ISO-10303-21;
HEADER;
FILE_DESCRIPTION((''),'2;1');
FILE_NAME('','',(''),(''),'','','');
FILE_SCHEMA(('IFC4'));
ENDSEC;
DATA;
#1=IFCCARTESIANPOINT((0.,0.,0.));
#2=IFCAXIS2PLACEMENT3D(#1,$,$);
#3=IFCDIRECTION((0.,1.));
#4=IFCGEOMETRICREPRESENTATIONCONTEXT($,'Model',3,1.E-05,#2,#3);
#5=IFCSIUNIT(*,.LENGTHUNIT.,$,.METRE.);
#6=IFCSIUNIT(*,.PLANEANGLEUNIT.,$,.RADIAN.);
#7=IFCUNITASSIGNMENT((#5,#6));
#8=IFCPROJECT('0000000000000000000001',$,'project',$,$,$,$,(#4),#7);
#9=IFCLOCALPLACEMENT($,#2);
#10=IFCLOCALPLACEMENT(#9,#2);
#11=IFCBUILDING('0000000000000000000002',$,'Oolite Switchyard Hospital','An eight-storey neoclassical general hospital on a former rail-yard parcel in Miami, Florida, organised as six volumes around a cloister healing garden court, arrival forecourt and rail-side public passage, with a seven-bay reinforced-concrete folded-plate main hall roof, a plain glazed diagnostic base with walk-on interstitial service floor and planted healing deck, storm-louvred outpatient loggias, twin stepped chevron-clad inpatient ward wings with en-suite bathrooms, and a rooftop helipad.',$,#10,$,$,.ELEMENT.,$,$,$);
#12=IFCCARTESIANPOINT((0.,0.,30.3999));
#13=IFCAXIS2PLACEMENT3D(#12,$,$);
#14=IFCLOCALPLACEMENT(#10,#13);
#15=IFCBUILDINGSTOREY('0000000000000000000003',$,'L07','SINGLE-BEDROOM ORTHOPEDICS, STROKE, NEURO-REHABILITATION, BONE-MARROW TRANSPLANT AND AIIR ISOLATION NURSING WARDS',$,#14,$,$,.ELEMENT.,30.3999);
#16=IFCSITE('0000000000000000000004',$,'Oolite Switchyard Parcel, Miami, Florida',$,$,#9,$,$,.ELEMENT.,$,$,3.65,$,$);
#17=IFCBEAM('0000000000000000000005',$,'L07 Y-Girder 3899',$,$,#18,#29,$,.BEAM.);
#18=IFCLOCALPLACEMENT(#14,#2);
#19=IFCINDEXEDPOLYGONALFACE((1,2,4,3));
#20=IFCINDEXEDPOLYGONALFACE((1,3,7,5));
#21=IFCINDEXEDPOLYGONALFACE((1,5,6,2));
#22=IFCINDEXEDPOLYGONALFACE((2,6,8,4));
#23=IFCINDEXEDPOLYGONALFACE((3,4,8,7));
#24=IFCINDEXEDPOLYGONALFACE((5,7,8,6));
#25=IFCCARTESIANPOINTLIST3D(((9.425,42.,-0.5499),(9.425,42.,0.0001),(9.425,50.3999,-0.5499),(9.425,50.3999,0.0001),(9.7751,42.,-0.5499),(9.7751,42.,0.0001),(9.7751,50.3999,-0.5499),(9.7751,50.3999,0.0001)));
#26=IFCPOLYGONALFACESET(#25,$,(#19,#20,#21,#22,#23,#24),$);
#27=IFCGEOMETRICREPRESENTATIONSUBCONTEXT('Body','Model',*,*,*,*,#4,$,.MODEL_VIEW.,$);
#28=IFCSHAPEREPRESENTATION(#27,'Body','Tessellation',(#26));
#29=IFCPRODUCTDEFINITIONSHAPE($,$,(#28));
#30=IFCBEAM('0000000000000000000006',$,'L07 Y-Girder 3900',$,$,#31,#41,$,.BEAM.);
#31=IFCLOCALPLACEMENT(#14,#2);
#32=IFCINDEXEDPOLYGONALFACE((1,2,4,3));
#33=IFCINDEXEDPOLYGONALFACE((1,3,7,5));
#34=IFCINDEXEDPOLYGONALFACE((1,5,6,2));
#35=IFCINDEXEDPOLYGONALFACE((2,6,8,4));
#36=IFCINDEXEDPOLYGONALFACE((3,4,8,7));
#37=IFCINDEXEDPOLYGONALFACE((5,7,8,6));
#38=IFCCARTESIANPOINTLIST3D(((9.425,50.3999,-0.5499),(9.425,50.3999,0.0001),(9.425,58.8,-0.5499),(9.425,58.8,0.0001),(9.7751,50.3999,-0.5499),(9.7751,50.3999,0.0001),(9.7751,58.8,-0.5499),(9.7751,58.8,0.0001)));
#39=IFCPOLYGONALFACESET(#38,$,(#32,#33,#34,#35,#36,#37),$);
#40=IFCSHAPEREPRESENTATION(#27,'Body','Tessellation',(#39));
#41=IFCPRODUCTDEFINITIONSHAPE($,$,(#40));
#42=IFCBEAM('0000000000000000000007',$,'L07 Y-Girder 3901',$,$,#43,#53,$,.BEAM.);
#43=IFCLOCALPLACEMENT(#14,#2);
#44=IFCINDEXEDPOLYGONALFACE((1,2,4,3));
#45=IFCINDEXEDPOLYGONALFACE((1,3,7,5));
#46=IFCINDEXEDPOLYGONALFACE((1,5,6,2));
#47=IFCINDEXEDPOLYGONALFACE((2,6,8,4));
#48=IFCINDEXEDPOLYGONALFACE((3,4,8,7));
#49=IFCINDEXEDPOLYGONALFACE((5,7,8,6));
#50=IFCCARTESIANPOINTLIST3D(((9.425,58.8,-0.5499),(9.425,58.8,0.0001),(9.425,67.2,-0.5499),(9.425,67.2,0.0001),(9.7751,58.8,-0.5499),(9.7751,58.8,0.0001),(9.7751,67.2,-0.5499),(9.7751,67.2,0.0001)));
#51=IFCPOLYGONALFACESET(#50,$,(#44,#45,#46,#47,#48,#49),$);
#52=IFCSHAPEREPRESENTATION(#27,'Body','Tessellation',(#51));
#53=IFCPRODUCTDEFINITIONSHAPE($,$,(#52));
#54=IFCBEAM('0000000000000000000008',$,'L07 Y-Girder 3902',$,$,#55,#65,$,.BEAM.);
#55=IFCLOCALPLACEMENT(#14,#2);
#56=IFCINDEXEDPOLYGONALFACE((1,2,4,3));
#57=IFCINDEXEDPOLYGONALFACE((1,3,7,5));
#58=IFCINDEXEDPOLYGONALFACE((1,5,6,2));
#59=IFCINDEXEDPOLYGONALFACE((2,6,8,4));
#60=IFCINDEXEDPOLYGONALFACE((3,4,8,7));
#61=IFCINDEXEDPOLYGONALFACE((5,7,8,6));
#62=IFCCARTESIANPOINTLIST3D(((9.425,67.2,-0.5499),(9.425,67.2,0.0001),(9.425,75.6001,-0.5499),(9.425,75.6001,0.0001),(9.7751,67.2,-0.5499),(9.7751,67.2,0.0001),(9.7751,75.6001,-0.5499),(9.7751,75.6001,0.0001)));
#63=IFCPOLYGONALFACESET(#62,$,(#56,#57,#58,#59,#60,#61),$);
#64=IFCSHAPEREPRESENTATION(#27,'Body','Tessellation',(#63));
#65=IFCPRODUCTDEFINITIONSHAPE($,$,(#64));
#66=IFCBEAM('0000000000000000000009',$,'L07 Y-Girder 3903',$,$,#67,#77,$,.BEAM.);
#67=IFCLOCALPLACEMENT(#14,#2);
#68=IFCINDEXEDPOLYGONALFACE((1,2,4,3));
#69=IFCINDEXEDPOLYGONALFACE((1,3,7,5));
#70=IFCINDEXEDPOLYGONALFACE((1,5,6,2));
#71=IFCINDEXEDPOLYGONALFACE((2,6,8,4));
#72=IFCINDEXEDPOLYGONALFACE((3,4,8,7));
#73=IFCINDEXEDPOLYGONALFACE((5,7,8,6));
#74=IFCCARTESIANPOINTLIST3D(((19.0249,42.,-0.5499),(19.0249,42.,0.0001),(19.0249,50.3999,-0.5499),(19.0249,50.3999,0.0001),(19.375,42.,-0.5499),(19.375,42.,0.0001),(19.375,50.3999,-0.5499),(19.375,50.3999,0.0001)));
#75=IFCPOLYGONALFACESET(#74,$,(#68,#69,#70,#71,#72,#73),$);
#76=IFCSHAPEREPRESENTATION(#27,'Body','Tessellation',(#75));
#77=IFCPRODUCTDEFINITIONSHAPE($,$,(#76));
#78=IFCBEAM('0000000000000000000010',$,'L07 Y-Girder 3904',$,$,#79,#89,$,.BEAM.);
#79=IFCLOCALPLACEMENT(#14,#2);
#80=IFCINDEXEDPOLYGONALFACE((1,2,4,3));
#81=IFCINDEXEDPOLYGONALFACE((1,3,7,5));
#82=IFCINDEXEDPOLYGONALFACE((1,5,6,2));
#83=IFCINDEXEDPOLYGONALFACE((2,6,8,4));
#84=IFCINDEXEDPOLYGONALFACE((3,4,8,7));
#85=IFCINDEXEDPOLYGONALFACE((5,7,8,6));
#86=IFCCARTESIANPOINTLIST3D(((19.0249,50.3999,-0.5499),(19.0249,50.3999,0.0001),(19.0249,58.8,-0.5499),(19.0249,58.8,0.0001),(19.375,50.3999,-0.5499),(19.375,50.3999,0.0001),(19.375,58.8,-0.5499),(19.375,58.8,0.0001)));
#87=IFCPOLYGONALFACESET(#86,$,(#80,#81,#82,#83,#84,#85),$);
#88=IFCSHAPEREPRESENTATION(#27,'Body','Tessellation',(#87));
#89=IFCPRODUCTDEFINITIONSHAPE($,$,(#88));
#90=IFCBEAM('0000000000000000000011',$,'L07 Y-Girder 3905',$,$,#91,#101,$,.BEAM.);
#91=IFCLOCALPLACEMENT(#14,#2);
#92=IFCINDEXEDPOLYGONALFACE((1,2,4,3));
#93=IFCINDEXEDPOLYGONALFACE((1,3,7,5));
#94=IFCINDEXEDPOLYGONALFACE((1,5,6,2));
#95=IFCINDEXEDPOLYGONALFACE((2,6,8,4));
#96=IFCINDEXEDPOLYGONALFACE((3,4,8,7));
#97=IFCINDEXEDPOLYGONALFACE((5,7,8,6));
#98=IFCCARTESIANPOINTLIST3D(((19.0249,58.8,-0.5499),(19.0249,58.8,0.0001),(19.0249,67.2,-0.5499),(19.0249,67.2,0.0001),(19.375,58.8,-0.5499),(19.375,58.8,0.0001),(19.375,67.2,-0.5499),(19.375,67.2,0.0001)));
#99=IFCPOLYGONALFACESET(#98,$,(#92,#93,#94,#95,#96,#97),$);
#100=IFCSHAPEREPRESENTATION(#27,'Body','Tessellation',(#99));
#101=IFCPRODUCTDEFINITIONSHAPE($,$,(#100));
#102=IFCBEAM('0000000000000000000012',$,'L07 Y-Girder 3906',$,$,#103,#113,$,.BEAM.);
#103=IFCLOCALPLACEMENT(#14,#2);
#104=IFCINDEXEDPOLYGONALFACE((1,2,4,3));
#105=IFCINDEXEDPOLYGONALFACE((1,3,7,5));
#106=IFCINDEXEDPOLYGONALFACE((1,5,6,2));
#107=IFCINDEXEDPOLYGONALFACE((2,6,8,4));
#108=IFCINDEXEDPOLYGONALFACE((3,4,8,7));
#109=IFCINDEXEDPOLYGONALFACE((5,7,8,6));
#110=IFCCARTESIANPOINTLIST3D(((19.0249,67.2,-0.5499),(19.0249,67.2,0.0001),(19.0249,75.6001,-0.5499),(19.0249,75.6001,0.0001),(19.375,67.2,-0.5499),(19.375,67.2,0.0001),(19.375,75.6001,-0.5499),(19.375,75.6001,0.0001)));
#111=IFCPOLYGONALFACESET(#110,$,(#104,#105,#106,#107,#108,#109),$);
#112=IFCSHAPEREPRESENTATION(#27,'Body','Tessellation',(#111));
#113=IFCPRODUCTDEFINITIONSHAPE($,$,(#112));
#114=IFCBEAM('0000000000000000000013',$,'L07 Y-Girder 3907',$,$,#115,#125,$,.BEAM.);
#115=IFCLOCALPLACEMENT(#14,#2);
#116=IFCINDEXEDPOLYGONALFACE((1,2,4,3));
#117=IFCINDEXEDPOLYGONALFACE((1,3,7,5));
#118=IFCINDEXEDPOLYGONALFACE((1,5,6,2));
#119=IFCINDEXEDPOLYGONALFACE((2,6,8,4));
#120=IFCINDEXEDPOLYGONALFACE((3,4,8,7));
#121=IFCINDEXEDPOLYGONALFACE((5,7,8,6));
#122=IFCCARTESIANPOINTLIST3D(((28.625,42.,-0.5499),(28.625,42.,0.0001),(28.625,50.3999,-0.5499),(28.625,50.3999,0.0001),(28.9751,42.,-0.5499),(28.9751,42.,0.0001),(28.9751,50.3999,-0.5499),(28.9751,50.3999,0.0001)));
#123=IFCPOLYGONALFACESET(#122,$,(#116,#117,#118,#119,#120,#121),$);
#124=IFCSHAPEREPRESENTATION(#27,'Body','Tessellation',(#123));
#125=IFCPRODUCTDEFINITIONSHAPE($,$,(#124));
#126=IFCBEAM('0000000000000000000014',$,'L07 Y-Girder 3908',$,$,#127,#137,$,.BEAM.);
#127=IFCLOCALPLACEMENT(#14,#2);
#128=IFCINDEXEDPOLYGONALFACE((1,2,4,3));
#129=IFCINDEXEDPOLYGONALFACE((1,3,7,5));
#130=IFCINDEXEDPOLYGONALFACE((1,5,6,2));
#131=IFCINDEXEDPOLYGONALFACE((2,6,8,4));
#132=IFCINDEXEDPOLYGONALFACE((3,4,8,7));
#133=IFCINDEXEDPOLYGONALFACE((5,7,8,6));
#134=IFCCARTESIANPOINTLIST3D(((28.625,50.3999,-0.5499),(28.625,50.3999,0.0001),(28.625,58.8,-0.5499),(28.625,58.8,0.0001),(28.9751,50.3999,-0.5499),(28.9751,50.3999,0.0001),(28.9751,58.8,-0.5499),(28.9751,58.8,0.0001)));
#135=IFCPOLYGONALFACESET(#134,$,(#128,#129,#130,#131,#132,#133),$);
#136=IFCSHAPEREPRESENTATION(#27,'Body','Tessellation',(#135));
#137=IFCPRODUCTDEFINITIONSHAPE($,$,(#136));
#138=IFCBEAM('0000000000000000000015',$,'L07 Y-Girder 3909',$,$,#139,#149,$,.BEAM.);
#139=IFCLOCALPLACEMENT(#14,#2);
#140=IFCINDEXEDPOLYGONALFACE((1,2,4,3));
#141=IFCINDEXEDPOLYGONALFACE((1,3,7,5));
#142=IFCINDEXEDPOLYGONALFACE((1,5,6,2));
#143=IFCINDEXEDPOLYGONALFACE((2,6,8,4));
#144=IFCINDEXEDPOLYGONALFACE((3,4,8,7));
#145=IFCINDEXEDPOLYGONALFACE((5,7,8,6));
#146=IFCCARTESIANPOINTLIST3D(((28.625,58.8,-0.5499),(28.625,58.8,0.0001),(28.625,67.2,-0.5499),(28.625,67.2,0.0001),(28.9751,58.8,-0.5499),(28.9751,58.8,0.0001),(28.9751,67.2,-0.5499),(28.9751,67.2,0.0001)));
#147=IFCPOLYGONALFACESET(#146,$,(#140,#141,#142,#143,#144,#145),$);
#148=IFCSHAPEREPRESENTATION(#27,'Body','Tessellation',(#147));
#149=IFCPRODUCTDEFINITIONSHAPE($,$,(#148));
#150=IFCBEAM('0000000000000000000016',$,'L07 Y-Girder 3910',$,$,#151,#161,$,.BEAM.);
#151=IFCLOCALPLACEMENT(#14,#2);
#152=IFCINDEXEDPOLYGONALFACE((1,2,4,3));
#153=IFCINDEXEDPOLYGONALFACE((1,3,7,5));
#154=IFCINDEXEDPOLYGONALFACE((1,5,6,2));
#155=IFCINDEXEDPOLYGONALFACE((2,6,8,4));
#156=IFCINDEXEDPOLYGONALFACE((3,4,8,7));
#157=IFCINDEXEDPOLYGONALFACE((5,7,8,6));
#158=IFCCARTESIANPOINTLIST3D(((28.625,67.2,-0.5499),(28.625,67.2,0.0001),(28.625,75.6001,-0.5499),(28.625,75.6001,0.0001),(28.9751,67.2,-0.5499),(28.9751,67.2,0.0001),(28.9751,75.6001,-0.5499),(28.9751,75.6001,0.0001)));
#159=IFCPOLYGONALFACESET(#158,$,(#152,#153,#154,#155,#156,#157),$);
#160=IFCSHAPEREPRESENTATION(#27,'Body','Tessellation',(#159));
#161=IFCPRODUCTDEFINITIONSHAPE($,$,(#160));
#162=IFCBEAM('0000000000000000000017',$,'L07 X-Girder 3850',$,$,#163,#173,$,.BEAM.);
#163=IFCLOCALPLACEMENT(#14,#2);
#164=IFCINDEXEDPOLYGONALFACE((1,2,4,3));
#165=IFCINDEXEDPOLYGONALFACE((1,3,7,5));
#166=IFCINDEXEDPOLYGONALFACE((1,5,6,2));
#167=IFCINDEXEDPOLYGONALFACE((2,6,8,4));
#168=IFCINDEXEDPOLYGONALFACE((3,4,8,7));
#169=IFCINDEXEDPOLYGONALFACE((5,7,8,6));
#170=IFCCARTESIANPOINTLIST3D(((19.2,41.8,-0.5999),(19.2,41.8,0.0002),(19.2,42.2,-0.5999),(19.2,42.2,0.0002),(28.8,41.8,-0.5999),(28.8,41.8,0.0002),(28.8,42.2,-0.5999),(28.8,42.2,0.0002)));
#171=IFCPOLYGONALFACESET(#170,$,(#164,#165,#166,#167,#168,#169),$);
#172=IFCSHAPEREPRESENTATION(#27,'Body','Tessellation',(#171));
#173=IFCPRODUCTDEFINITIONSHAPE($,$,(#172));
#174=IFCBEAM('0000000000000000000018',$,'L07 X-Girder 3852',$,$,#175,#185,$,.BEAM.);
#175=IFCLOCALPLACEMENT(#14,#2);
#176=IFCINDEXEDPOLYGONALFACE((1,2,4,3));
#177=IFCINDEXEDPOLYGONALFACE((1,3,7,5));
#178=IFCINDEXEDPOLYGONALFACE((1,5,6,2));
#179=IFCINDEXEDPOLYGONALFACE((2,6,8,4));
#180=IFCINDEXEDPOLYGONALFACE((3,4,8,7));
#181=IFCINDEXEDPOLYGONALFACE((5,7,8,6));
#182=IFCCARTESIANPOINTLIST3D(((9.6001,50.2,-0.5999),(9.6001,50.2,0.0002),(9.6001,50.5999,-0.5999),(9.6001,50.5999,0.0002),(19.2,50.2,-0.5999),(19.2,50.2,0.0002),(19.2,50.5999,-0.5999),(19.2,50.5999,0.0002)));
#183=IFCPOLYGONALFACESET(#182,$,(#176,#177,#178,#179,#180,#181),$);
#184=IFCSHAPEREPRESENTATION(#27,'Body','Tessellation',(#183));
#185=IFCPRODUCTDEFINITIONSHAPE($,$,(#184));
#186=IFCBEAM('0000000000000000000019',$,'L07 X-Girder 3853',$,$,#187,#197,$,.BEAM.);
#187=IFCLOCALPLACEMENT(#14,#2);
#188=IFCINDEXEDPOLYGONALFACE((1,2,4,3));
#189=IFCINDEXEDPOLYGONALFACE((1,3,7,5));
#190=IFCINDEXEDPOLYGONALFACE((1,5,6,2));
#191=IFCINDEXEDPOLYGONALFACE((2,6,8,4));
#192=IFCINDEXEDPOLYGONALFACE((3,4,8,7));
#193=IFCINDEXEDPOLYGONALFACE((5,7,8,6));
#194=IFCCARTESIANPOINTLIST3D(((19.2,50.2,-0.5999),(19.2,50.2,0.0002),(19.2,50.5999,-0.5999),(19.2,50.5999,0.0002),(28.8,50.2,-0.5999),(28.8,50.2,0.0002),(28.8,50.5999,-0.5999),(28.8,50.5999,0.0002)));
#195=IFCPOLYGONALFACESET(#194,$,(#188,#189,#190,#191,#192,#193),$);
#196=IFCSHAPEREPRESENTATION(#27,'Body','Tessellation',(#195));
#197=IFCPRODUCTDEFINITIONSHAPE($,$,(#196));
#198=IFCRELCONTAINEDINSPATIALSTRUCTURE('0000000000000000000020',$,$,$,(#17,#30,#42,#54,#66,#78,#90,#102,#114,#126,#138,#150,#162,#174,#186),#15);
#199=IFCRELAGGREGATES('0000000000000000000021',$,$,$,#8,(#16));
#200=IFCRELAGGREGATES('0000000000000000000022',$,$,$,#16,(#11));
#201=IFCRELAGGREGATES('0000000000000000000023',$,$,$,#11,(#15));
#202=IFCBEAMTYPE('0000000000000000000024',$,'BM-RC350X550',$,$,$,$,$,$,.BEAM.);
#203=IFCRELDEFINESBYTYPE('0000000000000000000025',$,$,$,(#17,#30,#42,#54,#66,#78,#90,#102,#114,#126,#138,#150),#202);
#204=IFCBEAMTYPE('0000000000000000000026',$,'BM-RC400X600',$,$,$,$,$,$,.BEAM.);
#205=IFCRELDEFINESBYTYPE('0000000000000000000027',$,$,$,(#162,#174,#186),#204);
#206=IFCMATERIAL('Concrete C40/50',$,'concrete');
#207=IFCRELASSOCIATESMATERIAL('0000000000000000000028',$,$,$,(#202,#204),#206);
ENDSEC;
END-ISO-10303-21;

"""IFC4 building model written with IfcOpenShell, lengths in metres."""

from ifc_helpers import new_model, si_unit, direction, frame, origin, origin_2d, place, context, subcontext, project, spatial, rectangle, extrude, material, material_profile, profile_set, type_object, element, save


model = new_model("IFC4")

# Units and contexts
model_context = context("Model", 3, precision=1e-05, world=origin(), true_north=direction((0.0, 1.0)))
body_context = subcontext(model_context, "Body", "Model", "MODEL_VIEW")
ifc_project = project(units=[si_unit("LENGTHUNIT", "METRE"), si_unit("PLANEANGLEUNIT", "RADIAN")], contexts=[model_context])

# Site, building, storey
site_placement = place(None, origin())
site = spatial("IfcSite", under=ifc_project, at=site_placement, Name="Oolite Switchyard Parcel, Miami, Florida", CompositionType="ELEMENT", RefElevation=3.65)
building_placement = place(site_placement, origin())
building = spatial("IfcBuilding", under=site, at=building_placement, Name="Oolite Switchyard Hospital", Description="An eight-storey neoclassical general hospital on a former rail-yard parcel in Miami, Florida, organised as six volumes around a cloister healing garden court, arrival forecourt and rail-side public passage, with a seven-bay reinforced-concrete folded-plate main hall roof, a plain glazed diagnostic base with walk-on interstitial service floor and planted healing deck, storm-louvred outpatient loggias, twin stepped chevron-clad inpatient ward wings with en-suite bathrooms, and a rooftop helipad.", CompositionType="ELEMENT")
storey_placement = place(building_placement, frame((0.0, 0.0, 30.3999)))
storey = spatial("IfcBuildingStorey", under=building, at=storey_placement, Name="L07", Description="SINGLE-BEDROOM ORTHOPEDICS, STROKE, NEURO-REHABILITATION, BONE-MARROW TRANSPLANT AND AIIR ISOLATION NURSING WARDS", CompositionType="ELEMENT", Elevation=30.3999)

# Beams
ifc_material_1 = material(Name="Concrete C40/50", Category="concrete")
ifc_material_profile_1 = material_profile(ifc_material_1, rectangle(XDim=0.3501, YDim=0.55, at=origin_2d()), Name="RCB350X550")
ifc_profile_set_1 = profile_set([ifc_material_profile_1], Name="Concrete C40/50")
beam_type_1 = type_object("IfcBeamType", Name="BM-RC350X550", PredefinedType="BEAM", material=ifc_profile_set_1)
beam_1_placement = place(storey_placement, frame((9.6001, 42.0, -0.2749), z_axis=(0.0, 1.0, 0.0), x_axis=(-1.0, 0.0, 0.0)))
element("IfcBeam", 1, at=beam_1_placement, inside=storey, type_object=beam_type_1, Name="L07 Y-Girder 3899", PredefinedType="BEAM", context=body_context, shape_type="SweptSolid", body=[
    extrude(rectangle(XDim=0.3501, YDim=0.55, at=origin_2d()), origin(), (0.0, 0.0, 1.0), 8.3999),
])
beam_2_placement = place(storey_placement, frame((9.6001, 50.3999, -0.2749), z_axis=(0.0, 1.0, 0.0), x_axis=(-1.0, 0.0, 0.0)))
element("IfcBeam", 2, at=beam_2_placement, inside=storey, type_object=beam_type_1, Name="L07 Y-Girder 3900", PredefinedType="BEAM", context=body_context, shape_type="SweptSolid", body=[
    extrude(rectangle(XDim=0.3501, YDim=0.55, at=origin_2d()), origin(), (0.0, 0.0, 1.0), 8.4001),
])
beam_3_placement = place(storey_placement, frame((9.6001, 58.8, -0.2749), z_axis=(0.0, 1.0, 0.0), x_axis=(-1.0, 0.0, 0.0)))
element("IfcBeam", 3, at=beam_3_placement, inside=storey, type_object=beam_type_1, Name="L07 Y-Girder 3901", PredefinedType="BEAM", context=body_context, shape_type="SweptSolid", body=[
    extrude(rectangle(XDim=0.3501, YDim=0.55, at=origin_2d()), origin(), (0.0, 0.0, 1.0), 8.3999),
])
beam_4_placement = place(storey_placement, frame((9.6001, 67.2, -0.2749), z_axis=(0.0, 1.0, 0.0), x_axis=(-1.0, 0.0, 0.0)))
element("IfcBeam", 4, at=beam_4_placement, inside=storey, type_object=beam_type_1, Name="L07 Y-Girder 3902", PredefinedType="BEAM", context=body_context, shape_type="SweptSolid", body=[
    extrude(rectangle(XDim=0.3501, YDim=0.55, at=origin_2d()), origin(), (0.0, 0.0, 1.0), 8.4001),
])
beam_5_placement = place(storey_placement, frame((19.2, 42.0, -0.2749), z_axis=(0.0, 1.0, 0.0), x_axis=(-1.0, 0.0, 0.0)))
element("IfcBeam", 5, at=beam_5_placement, inside=storey, type_object=beam_type_1, Name="L07 Y-Girder 3903", PredefinedType="BEAM", context=body_context, shape_type="SweptSolid", body=[
    extrude(rectangle(XDim=0.3501, YDim=0.55, at=origin_2d()), origin(), (0.0, 0.0, 1.0), 8.3999),
])
beam_6_placement = place(storey_placement, frame((19.2, 50.3999, -0.2749), z_axis=(0.0, 1.0, 0.0), x_axis=(-1.0, 0.0, 0.0)))
element("IfcBeam", 6, at=beam_6_placement, inside=storey, type_object=beam_type_1, Name="L07 Y-Girder 3904", PredefinedType="BEAM", context=body_context, shape_type="SweptSolid", body=[
    extrude(rectangle(XDim=0.3501, YDim=0.55, at=origin_2d()), origin(), (0.0, 0.0, 1.0), 8.4001),
])
beam_7_placement = place(storey_placement, frame((19.2, 58.8, -0.2749), z_axis=(0.0, 1.0, 0.0), x_axis=(-1.0, 0.0, 0.0)))
element("IfcBeam", 7, at=beam_7_placement, inside=storey, type_object=beam_type_1, Name="L07 Y-Girder 3905", PredefinedType="BEAM", context=body_context, shape_type="SweptSolid", body=[
    extrude(rectangle(XDim=0.3501, YDim=0.55, at=origin_2d()), origin(), (0.0, 0.0, 1.0), 8.3999),
])
beam_8_placement = place(storey_placement, frame((19.2, 67.2, -0.2749), z_axis=(0.0, 1.0, 0.0), x_axis=(-1.0, 0.0, 0.0)))
element("IfcBeam", 8, at=beam_8_placement, inside=storey, type_object=beam_type_1, Name="L07 Y-Girder 3906", PredefinedType="BEAM", context=body_context, shape_type="SweptSolid", body=[
    extrude(rectangle(XDim=0.3501, YDim=0.55, at=origin_2d()), origin(), (0.0, 0.0, 1.0), 8.4001),
])
beam_9_placement = place(storey_placement, frame((28.8, 42.0, -0.2749), z_axis=(0.0, 1.0, 0.0), x_axis=(-1.0, 0.0, 0.0)))
element("IfcBeam", 9, at=beam_9_placement, inside=storey, type_object=beam_type_1, Name="L07 Y-Girder 3907", PredefinedType="BEAM", context=body_context, shape_type="SweptSolid", body=[
    extrude(rectangle(XDim=0.3501, YDim=0.55, at=origin_2d()), origin(), (0.0, 0.0, 1.0), 8.3999),
])
beam_10_placement = place(storey_placement, frame((28.8, 50.3999, -0.2749), z_axis=(0.0, 1.0, 0.0), x_axis=(-1.0, 0.0, 0.0)))
element("IfcBeam", 10, at=beam_10_placement, inside=storey, type_object=beam_type_1, Name="L07 Y-Girder 3908", PredefinedType="BEAM", context=body_context, shape_type="SweptSolid", body=[
    extrude(rectangle(XDim=0.3501, YDim=0.55, at=origin_2d()), origin(), (0.0, 0.0, 1.0), 8.4001),
])
beam_11_placement = place(storey_placement, frame((28.8, 58.8, -0.2749), z_axis=(0.0, 1.0, 0.0), x_axis=(-1.0, 0.0, 0.0)))
element("IfcBeam", 11, at=beam_11_placement, inside=storey, type_object=beam_type_1, Name="L07 Y-Girder 3909", PredefinedType="BEAM", context=body_context, shape_type="SweptSolid", body=[
    extrude(rectangle(XDim=0.3501, YDim=0.55, at=origin_2d()), origin(), (0.0, 0.0, 1.0), 8.3999),
])
beam_12_placement = place(storey_placement, frame((28.8, 67.2, -0.2749), z_axis=(0.0, 1.0, 0.0), x_axis=(-1.0, 0.0, 0.0)))
element("IfcBeam", 12, at=beam_12_placement, inside=storey, type_object=beam_type_1, Name="L07 Y-Girder 3910", PredefinedType="BEAM", context=body_context, shape_type="SweptSolid", body=[
    extrude(rectangle(XDim=0.3501, YDim=0.55, at=origin_2d()), origin(), (0.0, 0.0, 1.0), 8.4001),
])
ifc_material_profile_2 = material_profile(ifc_material_1, rectangle(XDim=0.3999, YDim=0.6001, at=origin_2d()), Name="RCB400X600")
ifc_profile_set_2 = profile_set([ifc_material_profile_2], Name="Concrete C40/50")
beam_type_2 = type_object("IfcBeamType", Name="BM-RC400X600", PredefinedType="BEAM", material=ifc_profile_set_2)
beam_13_placement = place(storey_placement, frame((19.2, 42.0, -0.2998), z_axis=(1.0, 0.0, 0.0), x_axis=(0.0, 1.0, 0.0)))
element("IfcBeam", 13, at=beam_13_placement, inside=storey, type_object=beam_type_2, Name="L07 X-Girder 3850", PredefinedType="BEAM", context=body_context, shape_type="SweptSolid", body=[
    extrude(rectangle(XDim=0.3999, YDim=0.6001, at=origin_2d()), origin(), (0.0, 0.0, 1.0), 9.6001),
])
beam_14_placement = place(storey_placement, frame((9.6001, 50.3999, -0.2998), z_axis=(1.0, 0.0, 0.0), x_axis=(0.0, 1.0, 0.0)))
element("IfcBeam", 14, at=beam_14_placement, inside=storey, type_object=beam_type_2, Name="L07 X-Girder 3852", PredefinedType="BEAM", context=body_context, shape_type="SweptSolid", body=[
    extrude(rectangle(XDim=0.3999, YDim=0.6001, at=origin_2d()), origin(), (0.0, 0.0, 1.0), 9.5999),
])
beam_15_placement = place(storey_placement, frame((19.2, 50.3999, -0.2998), z_axis=(1.0, 0.0, 0.0), x_axis=(0.0, 1.0, 0.0)))
element("IfcBeam", 15, at=beam_15_placement, inside=storey, type_object=beam_type_2, Name="L07 X-Girder 3853", PredefinedType="BEAM", context=body_context, shape_type="SweptSolid", body=[
    extrude(rectangle(XDim=0.3999, YDim=0.6001, at=origin_2d()), origin(), (0.0, 0.0, 1.0), 9.6001),
])

save(model, "model.ifc")
